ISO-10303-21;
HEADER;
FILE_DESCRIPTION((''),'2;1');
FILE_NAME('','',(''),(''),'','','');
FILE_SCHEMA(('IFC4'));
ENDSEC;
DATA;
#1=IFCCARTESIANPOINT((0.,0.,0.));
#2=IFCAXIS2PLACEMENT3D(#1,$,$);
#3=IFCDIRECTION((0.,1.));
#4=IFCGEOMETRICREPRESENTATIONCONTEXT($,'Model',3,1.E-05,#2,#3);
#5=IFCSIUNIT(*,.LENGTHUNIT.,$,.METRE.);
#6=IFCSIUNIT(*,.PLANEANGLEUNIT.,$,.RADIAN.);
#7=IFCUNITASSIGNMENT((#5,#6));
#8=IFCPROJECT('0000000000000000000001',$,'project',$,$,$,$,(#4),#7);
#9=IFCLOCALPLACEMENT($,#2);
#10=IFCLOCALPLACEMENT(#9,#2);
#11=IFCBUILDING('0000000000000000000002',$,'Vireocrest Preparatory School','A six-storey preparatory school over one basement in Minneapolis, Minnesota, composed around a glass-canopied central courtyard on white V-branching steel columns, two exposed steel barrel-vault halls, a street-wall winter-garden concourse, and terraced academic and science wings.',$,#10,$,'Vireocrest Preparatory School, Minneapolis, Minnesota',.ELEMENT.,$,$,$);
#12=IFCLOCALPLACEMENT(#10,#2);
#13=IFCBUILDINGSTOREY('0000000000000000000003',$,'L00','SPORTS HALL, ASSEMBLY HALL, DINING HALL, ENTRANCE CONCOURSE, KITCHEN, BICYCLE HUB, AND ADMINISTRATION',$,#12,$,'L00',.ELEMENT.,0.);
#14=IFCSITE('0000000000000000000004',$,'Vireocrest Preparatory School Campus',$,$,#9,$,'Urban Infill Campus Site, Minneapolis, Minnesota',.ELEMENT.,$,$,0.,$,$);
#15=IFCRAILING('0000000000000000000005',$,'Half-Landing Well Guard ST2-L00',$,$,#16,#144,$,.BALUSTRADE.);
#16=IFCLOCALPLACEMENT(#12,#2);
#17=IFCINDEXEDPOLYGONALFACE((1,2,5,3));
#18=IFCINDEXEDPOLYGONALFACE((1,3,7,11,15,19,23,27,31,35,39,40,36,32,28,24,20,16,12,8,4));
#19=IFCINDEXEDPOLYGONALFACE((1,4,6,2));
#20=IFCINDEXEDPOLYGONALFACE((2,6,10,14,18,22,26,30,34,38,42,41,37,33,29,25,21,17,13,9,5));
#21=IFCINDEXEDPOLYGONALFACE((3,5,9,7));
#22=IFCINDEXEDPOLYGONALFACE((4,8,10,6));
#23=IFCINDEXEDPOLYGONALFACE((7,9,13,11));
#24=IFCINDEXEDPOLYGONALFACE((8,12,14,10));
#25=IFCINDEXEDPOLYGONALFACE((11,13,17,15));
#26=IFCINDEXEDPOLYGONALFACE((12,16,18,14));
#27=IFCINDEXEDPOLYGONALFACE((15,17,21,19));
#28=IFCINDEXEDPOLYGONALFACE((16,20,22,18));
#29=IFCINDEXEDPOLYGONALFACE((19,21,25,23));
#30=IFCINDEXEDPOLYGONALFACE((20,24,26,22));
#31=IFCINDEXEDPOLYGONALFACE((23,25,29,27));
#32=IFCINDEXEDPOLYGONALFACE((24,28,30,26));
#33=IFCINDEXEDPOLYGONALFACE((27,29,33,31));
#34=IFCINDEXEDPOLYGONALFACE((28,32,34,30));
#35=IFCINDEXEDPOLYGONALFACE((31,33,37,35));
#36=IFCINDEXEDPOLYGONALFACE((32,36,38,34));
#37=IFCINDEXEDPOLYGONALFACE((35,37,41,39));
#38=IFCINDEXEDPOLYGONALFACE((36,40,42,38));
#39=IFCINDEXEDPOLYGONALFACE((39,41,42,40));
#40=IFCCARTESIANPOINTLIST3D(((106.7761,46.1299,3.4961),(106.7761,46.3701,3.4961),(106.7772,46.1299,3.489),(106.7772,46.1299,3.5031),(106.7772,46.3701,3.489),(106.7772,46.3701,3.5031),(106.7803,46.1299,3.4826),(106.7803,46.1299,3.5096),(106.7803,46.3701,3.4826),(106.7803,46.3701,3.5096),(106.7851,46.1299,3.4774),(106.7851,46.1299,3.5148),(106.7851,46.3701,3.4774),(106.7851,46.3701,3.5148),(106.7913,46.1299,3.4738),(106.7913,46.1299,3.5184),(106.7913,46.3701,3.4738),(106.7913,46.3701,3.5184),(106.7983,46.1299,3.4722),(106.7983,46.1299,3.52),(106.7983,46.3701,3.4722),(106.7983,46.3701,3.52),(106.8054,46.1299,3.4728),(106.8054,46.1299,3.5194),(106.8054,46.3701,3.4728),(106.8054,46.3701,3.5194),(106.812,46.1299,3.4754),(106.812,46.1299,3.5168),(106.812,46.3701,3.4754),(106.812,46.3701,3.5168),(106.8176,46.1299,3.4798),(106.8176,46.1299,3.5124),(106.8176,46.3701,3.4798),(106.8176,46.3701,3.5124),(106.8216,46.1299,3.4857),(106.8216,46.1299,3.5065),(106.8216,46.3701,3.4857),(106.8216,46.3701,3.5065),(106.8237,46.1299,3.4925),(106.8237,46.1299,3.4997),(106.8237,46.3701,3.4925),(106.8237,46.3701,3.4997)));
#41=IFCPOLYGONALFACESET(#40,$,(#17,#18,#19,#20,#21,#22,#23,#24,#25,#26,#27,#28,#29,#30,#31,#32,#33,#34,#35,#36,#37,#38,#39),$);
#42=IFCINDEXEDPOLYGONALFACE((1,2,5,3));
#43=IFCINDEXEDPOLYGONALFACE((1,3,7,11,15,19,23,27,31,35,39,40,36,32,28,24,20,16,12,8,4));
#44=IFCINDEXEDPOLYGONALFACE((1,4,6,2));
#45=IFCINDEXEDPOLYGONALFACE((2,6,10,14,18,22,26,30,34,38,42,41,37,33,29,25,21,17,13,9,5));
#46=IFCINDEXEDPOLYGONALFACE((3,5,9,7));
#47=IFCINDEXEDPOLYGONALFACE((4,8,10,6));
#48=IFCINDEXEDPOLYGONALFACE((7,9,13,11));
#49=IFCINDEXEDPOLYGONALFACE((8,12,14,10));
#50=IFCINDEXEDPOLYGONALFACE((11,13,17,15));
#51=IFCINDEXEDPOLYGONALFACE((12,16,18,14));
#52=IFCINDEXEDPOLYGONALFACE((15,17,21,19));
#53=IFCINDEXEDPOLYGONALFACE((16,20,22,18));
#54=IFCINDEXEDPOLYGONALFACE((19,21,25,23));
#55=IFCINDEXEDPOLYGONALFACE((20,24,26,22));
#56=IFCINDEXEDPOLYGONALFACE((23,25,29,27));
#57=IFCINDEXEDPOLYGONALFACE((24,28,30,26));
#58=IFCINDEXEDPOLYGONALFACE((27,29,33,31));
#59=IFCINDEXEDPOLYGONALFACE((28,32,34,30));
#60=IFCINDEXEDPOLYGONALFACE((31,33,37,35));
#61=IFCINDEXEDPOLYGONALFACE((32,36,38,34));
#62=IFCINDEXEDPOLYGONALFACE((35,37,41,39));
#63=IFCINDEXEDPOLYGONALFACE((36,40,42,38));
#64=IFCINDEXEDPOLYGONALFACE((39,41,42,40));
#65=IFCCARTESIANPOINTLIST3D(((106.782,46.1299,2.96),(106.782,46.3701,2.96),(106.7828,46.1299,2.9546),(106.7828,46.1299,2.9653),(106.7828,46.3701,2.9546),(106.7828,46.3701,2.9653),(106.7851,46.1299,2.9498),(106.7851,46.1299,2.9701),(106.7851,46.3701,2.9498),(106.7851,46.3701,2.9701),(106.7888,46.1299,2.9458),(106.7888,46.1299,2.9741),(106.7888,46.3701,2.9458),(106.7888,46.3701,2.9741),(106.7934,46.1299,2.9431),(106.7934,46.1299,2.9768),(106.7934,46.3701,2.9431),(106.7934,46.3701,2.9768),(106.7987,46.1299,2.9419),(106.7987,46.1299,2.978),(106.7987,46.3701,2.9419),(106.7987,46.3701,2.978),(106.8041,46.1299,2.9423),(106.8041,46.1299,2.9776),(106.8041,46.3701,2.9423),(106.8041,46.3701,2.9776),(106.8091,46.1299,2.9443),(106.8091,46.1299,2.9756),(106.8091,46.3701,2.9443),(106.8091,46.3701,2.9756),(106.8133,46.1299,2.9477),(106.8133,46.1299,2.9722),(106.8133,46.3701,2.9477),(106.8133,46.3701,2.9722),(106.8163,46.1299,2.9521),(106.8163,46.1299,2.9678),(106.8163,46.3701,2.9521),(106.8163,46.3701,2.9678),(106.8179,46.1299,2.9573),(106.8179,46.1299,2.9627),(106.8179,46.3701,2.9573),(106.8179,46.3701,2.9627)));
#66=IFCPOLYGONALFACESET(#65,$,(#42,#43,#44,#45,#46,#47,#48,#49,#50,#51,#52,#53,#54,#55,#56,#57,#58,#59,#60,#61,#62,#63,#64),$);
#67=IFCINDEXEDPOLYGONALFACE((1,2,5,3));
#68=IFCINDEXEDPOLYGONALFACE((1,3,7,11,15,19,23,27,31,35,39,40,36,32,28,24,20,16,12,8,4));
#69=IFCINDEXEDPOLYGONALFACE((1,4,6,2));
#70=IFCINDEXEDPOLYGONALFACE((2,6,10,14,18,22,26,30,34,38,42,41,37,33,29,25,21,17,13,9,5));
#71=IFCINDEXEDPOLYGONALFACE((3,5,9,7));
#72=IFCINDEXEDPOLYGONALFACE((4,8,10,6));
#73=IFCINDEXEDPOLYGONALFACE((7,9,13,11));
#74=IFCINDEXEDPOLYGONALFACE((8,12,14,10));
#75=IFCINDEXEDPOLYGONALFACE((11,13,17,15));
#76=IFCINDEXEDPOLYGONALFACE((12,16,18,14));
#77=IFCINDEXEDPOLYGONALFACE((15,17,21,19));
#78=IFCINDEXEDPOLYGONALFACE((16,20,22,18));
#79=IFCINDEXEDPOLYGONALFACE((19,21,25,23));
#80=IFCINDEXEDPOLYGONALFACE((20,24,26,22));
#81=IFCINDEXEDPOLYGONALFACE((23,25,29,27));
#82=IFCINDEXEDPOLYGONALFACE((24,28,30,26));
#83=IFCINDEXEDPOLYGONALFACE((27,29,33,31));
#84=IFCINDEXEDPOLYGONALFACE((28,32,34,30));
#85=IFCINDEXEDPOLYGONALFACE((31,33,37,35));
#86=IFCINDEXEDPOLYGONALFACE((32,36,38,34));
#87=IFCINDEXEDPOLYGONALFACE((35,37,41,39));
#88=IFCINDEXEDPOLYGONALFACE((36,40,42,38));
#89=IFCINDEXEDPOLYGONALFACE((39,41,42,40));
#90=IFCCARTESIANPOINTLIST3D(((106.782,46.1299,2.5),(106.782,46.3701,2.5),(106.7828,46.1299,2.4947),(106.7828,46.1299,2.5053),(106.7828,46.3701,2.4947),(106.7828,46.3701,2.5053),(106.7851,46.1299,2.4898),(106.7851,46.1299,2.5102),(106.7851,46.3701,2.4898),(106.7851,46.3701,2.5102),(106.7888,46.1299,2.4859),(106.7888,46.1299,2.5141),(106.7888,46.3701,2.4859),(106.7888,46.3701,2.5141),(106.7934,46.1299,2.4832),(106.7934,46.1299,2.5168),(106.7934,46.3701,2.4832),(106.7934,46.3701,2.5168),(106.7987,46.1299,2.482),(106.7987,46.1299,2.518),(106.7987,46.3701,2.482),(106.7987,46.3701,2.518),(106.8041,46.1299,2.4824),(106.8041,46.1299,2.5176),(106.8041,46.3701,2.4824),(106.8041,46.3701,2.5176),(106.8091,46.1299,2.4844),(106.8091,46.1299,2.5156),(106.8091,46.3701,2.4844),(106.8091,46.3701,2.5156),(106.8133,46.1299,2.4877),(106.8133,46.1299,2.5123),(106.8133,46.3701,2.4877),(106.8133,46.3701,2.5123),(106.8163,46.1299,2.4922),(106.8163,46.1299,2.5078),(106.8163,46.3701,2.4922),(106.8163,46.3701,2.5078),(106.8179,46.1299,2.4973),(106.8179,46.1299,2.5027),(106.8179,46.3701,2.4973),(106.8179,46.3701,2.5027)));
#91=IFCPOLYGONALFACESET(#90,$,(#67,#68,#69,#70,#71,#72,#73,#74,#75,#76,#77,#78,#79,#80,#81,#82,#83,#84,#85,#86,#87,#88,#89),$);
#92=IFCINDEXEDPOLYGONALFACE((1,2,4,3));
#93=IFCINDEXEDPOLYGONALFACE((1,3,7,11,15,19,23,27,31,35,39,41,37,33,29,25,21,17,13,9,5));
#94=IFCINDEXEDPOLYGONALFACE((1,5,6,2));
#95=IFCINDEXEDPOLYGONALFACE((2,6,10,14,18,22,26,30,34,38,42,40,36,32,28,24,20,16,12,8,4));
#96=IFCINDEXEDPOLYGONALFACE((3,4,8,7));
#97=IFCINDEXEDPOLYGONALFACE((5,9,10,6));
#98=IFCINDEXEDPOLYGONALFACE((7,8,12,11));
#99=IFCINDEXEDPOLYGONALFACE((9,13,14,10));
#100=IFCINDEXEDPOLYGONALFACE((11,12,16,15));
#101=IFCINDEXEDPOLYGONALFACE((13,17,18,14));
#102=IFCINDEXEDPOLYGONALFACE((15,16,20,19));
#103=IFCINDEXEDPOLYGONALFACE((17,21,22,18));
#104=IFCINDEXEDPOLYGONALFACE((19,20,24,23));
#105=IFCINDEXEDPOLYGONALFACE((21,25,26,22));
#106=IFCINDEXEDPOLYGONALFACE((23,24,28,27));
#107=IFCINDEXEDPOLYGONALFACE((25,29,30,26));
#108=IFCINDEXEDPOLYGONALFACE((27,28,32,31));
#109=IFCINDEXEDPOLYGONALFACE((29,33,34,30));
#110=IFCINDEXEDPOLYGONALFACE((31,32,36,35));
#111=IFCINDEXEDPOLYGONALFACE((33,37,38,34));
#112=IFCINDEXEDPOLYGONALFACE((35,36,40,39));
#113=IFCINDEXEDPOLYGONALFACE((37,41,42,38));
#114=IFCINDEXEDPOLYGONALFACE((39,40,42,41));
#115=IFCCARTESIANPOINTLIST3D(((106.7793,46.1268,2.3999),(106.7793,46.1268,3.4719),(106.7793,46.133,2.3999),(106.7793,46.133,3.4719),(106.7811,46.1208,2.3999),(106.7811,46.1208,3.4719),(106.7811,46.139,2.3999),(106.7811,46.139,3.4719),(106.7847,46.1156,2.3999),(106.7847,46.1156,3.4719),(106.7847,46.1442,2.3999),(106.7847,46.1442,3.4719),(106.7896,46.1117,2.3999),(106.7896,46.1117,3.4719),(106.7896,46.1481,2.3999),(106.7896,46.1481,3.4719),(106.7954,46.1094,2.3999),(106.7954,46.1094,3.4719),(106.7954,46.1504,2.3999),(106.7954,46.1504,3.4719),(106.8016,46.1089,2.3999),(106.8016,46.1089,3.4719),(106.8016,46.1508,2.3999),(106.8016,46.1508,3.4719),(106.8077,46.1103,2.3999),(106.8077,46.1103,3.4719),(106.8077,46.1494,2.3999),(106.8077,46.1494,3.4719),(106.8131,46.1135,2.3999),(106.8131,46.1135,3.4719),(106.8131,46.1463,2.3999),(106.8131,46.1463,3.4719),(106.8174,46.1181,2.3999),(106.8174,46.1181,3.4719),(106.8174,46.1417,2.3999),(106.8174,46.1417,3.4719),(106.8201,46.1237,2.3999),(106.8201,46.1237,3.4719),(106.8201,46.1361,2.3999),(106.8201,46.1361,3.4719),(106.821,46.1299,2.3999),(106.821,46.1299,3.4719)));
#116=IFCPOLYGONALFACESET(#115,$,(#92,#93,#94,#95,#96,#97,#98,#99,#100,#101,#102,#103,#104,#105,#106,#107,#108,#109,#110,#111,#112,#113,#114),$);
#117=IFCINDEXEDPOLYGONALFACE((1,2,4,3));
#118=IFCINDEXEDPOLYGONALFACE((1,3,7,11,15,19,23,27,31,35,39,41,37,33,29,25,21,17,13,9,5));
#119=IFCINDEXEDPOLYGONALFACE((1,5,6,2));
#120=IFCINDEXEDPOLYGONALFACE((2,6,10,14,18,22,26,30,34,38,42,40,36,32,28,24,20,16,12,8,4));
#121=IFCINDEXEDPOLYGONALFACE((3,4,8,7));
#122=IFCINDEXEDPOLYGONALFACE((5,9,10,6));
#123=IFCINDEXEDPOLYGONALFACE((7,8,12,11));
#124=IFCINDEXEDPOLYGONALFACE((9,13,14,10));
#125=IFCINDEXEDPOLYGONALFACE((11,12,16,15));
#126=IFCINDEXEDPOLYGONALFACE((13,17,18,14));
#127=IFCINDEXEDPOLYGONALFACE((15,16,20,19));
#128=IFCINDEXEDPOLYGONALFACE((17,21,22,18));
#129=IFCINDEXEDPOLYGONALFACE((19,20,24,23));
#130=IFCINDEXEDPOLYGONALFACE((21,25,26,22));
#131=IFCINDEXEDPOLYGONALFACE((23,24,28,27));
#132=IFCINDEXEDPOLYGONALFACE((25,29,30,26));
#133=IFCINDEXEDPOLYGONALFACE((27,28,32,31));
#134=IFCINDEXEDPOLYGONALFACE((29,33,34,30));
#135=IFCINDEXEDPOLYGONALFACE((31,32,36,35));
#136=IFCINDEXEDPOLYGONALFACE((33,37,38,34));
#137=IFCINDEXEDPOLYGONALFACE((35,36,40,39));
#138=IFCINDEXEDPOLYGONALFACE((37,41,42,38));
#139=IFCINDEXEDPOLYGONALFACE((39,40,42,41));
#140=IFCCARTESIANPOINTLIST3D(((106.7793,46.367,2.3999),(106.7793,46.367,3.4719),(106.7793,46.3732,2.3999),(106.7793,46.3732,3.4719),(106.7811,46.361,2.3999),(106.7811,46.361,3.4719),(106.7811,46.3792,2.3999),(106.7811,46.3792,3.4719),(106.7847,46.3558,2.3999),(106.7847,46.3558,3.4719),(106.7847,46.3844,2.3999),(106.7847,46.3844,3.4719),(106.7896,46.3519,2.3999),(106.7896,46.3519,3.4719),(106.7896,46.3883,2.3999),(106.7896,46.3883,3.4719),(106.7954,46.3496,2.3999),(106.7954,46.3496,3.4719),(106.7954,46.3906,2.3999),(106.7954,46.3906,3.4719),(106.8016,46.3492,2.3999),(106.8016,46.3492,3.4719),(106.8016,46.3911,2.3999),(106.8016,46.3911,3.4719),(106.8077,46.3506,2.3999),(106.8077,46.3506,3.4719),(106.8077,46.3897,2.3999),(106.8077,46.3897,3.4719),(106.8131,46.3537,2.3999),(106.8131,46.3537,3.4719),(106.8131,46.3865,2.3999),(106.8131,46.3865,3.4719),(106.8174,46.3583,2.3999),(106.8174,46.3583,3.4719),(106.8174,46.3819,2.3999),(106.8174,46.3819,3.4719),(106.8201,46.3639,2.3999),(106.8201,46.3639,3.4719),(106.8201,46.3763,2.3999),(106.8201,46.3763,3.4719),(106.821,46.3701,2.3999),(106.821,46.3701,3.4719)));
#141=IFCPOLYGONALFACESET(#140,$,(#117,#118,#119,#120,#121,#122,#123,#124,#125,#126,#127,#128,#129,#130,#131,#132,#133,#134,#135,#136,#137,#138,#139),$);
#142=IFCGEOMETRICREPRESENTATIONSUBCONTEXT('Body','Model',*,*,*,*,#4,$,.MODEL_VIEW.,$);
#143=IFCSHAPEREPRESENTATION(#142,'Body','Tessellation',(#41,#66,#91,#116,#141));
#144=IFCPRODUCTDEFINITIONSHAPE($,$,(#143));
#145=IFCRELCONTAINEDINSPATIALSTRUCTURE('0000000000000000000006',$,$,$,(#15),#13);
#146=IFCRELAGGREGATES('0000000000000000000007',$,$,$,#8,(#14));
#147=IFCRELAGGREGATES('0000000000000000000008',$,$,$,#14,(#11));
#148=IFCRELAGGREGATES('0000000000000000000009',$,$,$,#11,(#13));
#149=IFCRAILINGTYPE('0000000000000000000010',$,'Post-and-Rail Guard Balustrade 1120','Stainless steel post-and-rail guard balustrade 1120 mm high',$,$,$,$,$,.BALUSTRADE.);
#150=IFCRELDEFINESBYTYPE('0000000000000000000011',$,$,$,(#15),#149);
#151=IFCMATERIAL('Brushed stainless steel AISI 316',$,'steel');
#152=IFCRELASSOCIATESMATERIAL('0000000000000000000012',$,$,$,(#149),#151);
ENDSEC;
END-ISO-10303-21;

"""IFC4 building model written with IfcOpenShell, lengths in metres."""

from ifc_helpers import new_model, si_unit, direction, frame, origin, origin_2d, place, context, subcontext, project, spatial, circle, extrude, material, type_object, element, save


model = new_model("IFC4")

# Units and contexts
model_context = context("Model", 3, precision=1e-05, world=origin(), true_north=direction((0.0, 1.0)))
body_context = subcontext(model_context, "Body", "Model", "MODEL_VIEW")
ifc_project = project(units=[si_unit("LENGTHUNIT", "METRE"), si_unit("PLANEANGLEUNIT", "RADIAN")], contexts=[model_context])

# Site, building, storey
site_placement = place(None, origin())
site = spatial("IfcSite", under=ifc_project, at=site_placement, Name="Vireocrest Preparatory School Campus", LongName="Urban Infill Campus Site, Minneapolis, Minnesota", CompositionType="ELEMENT", RefElevation=0.0)
building_placement = place(site_placement, origin())
building = spatial("IfcBuilding", under=site, at=building_placement, Name="Vireocrest Preparatory School", Description="A six-storey preparatory school over one basement in Minneapolis, Minnesota, composed around a glass-canopied central courtyard on white V-branching steel columns, two exposed steel barrel-vault halls, a street-wall winter-garden concourse, and terraced academic and science wings.", LongName="Vireocrest Preparatory School, Minneapolis, Minnesota", CompositionType="ELEMENT")
storey_placement = place(building_placement, origin())
storey = spatial("IfcBuildingStorey", under=building, at=storey_placement, Name="L00", Description="SPORTS HALL, ASSEMBLY HALL, DINING HALL, ENTRANCE CONCOURSE, KITCHEN, BICYCLE HUB, AND ADMINISTRATION", LongName="L00", CompositionType="ELEMENT", Elevation=0.0)

# Railing
ifc_material_1 = material(Name="Brushed stainless steel AISI 316", Category="steel")
railing_type_1 = type_object("IfcRailingType", Name="Post-and-Rail Guard Balustrade 1120", Description="Stainless steel post-and-rail guard balustrade 1120 mm high", PredefinedType="BALUSTRADE", material=ifc_material_1)
railing_1_placement = place(storey_placement, frame((106.8, 46.1299, 2.3999)))
element("IfcRailing", 1, at=railing_1_placement, inside=storey, type_object=railing_type_1, Name="Half-Landing Well Guard ST2-L00", PredefinedType="BALUSTRADE", context=body_context, shape_type="SweptSolid", body=[
    extrude(circle(Radius=0.0239, at=origin_2d()), frame((0.0, 0.0, 1.0962), z_axis=(0.0, 1.0, 0.0), x_axis=(-1.0, 0.0, 0.0)), (0.0, 0.0, 1.0), 0.2402),
    extrude(circle(Radius=0.0181, at=origin_2d()), frame((0.0, 0.0, 0.5601), z_axis=(0.0, 1.0, 0.0), x_axis=(-1.0, 0.0, 0.0)), (0.0, 0.0, 1.0), 0.2402),
    extrude(circle(Radius=0.0181, at=origin_2d()), frame((0.0, 0.0, 0.1001), z_axis=(0.0, 1.0, 0.0), x_axis=(-1.0, 0.0, 0.0)), (0.0, 0.0, 1.0), 0.2402),
    extrude(circle(Radius=0.021, at=origin_2d()), origin(), (0.0, 0.0, 1.0), 1.072),
    extrude(circle(Radius=0.021, at=origin_2d()), frame((0.0, 0.2402, 0.0)), (0.0, 0.0, 1.0), 1.072),
])

save(model, "model.ifc")
